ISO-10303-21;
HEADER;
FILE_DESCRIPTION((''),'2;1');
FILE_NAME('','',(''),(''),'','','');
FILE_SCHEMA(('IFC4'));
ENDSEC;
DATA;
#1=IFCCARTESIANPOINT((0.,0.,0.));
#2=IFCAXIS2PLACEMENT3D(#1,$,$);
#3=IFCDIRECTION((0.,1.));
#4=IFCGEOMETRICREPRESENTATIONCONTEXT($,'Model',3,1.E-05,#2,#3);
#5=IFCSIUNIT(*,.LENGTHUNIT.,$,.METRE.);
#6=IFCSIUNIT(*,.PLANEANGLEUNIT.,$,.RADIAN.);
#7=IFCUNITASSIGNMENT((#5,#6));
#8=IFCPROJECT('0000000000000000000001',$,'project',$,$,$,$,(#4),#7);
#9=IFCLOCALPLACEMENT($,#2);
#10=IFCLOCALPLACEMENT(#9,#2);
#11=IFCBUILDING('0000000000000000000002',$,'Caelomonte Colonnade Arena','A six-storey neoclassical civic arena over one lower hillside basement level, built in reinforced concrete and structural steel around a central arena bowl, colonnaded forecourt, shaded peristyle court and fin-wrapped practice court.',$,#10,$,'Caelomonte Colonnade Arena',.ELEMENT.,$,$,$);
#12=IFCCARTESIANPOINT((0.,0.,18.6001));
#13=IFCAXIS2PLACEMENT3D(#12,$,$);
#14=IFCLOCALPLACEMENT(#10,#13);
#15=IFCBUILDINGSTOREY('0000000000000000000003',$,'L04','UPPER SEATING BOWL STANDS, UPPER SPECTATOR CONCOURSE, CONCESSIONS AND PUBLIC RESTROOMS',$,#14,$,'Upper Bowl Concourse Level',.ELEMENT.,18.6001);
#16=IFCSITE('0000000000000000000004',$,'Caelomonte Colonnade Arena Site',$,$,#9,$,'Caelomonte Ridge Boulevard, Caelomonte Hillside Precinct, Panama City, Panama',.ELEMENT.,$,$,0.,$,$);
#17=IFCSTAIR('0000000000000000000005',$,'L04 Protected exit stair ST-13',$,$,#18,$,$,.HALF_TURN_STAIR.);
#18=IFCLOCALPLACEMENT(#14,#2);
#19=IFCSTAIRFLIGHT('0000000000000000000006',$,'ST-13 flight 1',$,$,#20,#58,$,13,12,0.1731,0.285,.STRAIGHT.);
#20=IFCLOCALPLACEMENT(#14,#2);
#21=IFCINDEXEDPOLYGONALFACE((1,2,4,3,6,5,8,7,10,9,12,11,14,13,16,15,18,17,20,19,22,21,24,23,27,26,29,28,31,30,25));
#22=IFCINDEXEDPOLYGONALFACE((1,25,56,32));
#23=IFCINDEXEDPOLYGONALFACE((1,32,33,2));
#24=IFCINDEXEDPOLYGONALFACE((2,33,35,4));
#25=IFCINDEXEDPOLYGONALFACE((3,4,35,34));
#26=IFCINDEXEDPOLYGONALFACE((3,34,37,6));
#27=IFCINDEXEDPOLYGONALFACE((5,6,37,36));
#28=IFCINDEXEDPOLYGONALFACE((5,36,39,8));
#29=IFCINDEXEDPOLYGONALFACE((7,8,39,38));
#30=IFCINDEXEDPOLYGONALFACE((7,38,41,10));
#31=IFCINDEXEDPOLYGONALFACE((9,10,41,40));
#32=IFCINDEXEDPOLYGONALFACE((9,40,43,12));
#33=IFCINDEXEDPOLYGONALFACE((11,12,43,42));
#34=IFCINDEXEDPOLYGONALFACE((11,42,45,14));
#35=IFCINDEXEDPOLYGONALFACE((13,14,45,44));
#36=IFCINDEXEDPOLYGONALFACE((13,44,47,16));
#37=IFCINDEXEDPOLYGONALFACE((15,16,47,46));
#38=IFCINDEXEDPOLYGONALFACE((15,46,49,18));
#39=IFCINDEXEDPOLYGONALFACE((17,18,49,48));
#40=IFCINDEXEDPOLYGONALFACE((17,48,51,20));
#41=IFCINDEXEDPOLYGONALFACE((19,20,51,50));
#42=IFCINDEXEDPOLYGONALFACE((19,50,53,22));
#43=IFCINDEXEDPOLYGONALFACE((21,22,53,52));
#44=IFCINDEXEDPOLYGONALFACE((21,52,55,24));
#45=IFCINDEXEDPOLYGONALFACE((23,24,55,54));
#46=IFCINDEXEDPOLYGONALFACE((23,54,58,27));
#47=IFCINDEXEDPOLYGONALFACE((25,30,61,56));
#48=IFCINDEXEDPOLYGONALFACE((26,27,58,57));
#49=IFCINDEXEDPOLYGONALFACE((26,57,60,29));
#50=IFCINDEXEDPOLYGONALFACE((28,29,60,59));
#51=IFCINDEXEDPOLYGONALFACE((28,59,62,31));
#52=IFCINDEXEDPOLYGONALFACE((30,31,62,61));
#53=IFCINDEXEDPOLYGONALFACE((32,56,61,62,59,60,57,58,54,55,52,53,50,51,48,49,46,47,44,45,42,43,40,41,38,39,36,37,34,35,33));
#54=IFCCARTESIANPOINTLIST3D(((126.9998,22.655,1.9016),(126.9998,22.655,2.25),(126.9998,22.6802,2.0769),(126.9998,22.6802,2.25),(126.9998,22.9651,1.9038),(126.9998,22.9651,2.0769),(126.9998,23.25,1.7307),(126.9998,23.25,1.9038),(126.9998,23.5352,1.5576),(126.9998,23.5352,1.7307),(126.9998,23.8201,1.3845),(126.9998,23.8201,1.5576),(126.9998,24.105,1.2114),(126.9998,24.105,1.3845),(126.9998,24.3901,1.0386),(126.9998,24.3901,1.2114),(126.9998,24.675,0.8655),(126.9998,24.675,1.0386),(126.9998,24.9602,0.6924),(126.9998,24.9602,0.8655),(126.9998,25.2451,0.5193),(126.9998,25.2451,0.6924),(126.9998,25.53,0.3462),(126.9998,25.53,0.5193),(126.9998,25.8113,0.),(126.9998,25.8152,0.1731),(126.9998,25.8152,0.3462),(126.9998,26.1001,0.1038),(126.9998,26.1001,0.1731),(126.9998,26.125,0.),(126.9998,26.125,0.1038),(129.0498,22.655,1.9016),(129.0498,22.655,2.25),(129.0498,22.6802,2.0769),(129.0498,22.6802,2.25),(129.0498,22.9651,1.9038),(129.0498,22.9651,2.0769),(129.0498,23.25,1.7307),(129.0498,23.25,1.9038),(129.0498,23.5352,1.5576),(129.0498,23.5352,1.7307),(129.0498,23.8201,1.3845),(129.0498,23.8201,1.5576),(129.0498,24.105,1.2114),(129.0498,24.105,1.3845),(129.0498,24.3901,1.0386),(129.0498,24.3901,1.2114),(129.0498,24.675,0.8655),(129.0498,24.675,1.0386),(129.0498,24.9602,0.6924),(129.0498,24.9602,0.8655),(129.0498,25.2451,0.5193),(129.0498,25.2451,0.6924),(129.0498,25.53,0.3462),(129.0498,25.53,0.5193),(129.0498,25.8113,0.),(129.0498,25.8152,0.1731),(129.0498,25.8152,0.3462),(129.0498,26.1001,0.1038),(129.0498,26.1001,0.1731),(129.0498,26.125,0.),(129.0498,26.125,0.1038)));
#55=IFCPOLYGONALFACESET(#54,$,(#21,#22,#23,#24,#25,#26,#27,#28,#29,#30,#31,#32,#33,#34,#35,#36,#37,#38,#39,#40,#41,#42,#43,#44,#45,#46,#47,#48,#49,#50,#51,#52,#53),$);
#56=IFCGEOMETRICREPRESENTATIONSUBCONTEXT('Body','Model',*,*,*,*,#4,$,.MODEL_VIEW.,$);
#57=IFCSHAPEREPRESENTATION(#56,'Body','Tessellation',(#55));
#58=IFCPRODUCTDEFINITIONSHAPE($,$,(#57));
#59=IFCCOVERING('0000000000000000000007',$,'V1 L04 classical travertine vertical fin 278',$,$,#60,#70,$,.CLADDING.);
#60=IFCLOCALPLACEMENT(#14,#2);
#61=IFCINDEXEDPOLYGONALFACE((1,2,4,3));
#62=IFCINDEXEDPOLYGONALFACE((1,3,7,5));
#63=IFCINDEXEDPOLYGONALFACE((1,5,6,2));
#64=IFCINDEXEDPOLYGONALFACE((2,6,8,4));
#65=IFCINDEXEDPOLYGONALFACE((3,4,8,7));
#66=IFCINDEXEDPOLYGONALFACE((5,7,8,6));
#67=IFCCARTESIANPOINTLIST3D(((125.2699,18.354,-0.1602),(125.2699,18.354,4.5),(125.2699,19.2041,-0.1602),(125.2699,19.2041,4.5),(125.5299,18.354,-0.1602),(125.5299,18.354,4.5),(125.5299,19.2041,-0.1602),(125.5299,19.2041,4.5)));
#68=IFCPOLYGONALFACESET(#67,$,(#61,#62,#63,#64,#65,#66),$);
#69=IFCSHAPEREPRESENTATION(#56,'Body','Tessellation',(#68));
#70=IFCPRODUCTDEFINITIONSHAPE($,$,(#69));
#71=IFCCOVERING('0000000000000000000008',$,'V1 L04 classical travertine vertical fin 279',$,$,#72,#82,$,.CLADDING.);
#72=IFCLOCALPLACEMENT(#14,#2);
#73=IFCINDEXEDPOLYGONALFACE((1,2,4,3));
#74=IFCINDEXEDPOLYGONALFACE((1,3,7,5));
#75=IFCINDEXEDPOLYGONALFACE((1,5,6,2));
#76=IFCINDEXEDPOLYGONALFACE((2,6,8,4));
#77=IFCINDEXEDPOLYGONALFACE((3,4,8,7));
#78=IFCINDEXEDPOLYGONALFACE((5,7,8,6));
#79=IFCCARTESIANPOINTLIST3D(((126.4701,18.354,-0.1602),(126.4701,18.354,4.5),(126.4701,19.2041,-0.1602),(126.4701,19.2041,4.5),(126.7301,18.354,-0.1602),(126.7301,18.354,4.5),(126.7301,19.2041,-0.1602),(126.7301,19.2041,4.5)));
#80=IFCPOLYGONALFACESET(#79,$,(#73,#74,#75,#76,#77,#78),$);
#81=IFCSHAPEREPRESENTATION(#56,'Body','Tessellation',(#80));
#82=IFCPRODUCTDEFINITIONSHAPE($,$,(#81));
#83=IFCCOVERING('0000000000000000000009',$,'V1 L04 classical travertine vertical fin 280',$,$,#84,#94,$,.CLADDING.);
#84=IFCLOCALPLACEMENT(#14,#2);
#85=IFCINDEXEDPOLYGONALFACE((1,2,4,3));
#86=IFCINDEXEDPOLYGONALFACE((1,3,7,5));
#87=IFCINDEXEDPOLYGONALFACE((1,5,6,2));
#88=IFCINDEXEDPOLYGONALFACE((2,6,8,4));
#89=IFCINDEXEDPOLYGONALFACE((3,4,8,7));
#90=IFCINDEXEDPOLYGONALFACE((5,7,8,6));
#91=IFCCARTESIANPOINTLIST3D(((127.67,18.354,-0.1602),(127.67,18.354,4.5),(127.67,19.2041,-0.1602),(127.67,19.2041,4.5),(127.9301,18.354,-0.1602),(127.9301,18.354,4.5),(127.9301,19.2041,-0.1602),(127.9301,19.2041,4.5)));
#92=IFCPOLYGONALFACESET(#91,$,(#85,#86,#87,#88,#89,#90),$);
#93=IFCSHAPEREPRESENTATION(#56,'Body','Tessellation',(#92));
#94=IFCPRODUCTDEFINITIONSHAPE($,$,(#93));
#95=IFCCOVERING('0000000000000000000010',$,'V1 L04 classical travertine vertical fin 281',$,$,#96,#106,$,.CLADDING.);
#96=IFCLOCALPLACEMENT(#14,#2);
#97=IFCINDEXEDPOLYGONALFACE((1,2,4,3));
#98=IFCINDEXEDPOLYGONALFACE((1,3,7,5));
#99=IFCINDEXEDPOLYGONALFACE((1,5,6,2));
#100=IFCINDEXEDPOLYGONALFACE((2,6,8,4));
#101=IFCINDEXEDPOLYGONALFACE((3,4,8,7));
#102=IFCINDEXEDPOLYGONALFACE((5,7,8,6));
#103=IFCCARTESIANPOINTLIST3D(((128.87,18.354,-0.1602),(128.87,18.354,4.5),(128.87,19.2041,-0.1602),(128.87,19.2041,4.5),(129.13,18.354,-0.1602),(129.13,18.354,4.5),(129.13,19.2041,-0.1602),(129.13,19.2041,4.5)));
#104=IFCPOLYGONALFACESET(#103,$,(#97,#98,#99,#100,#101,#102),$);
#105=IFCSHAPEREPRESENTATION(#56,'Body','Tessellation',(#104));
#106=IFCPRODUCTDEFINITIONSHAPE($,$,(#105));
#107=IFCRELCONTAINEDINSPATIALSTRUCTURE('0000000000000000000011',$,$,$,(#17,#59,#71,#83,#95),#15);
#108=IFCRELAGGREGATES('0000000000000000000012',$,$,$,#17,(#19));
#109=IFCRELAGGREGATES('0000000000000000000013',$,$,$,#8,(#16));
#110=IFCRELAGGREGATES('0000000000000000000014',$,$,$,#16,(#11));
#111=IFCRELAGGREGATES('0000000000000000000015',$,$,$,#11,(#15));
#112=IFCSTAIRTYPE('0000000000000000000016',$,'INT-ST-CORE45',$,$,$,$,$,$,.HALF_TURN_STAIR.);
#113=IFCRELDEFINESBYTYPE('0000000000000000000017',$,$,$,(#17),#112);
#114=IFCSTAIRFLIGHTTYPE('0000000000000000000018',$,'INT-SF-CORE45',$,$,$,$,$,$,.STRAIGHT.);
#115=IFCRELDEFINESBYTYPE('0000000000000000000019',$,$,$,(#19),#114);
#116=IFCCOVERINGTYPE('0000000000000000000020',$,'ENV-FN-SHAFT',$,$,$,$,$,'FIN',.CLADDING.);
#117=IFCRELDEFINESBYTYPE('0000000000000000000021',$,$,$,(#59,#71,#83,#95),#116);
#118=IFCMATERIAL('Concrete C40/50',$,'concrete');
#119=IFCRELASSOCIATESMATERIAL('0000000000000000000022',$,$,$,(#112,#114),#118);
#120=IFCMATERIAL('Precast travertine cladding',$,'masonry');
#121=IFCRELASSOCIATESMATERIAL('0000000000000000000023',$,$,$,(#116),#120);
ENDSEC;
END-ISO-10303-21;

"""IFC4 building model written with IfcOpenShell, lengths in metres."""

from ifc_helpers import new_model, si_unit, direction, frame, origin, origin_2d, place, context, subcontext, project, spatial, polyline, rectangle, outline, extrude, material, material_profile, profile_set, type_object, element, aggregate, save


model = new_model("IFC4")

# Units and contexts
model_context = context("Model", 3, precision=1e-05, world=origin(), true_north=direction((0.0, 1.0)))
body_context = subcontext(model_context, "Body", "Model", "MODEL_VIEW")
ifc_project = project(units=[si_unit("LENGTHUNIT", "METRE"), si_unit("PLANEANGLEUNIT", "RADIAN")], contexts=[model_context])

# Site, building, storey
site_placement = place(None, origin())
site = spatial("IfcSite", under=ifc_project, at=site_placement, Name="Caelomonte Colonnade Arena Site", LongName="Caelomonte Ridge Boulevard, Caelomonte Hillside Precinct, Panama City, Panama", CompositionType="ELEMENT", RefElevation=0.0)
building_placement = place(site_placement, origin())
building = spatial("IfcBuilding", under=site, at=building_placement, Name="Caelomonte Colonnade Arena", Description="A six-storey neoclassical civic arena over one lower hillside basement level, built in reinforced concrete and structural steel around a central arena bowl, colonnaded forecourt, shaded peristyle court and fin-wrapped practice court.", LongName="Caelomonte Colonnade Arena", CompositionType="ELEMENT")
storey_placement = place(building_placement, frame((0.0, 0.0, 18.6001)))
storey = spatial("IfcBuildingStorey", under=building, at=storey_placement, Name="L04", Description="UPPER SEATING BOWL STANDS, UPPER SPECTATOR CONCOURSE, CONCESSIONS AND PUBLIC RESTROOMS", LongName="Upper Bowl Concourse Level", CompositionType="ELEMENT", Elevation=18.6001)

# Shared definitions
ifc_material_1 = material(Name="Concrete C40/50", Category="concrete")

# Stair, stair flight
stair_type = type_object("IfcStairType", Name="INT-ST-CORE45", PredefinedType="HALF_TURN_STAIR", material=ifc_material_1)
stair_placement = place(storey_placement, origin())
stair = element("IfcStair", 1, at=stair_placement, inside=storey, type_object=stair_type, Name="L04 Protected exit stair ST-13", PredefinedType="HALF_TURN_STAIR")
stair_flight_type = type_object("IfcStairFlightType", Name="INT-SF-CORE45", PredefinedType="STRAIGHT", material=ifc_material_1)
stair_flight_placement = place(storey_placement, frame((128.0249, 26.1001, 0.0), z_axis=(0.0, 0.0, 1.0), x_axis=(0.0, -1.0, 0.0)))
stair_flight = element("IfcStairFlight", 2, at=stair_flight_placement, type_object=stair_flight_type, Name="ST-13 flight 1", NumberOfRisers=13, NumberOfTreads=12, PredefinedType="STRAIGHT", RiserHeight=0.1731, TreadLength=0.285, context=body_context, shape_type="SweptSolid", body=[
    extrude(outline(polyline([(-0.0249, 0.0), (-0.0249, 0.1038), (0.0, 0.1038), (0.0, 0.1731), (0.2849, 0.1731), (0.2849, 0.3462), (0.5701, 0.3462), (0.5701, 0.5193), (0.855, 0.5193), (0.855, 0.6924), (1.1399, 0.6924), (1.1399, 0.8655), (1.425, 0.8655), (1.425, 1.0386), (1.71, 1.0386), (1.71, 1.2114), (1.9951, 1.2114), (1.9951, 1.3845), (2.28, 1.3845), (2.28, 1.5576), (2.5649, 1.5576), (2.5649, 1.7307), (2.8501, 1.7307), (2.8501, 1.9038), (3.135, 1.9038), (3.135, 2.0769), (3.4199, 2.0769), (3.4199, 2.25), (3.4451, 2.25), (3.4451, 1.9016), (0.2888, 0.0), (-0.0249, 0.0)])), frame((0.0, 1.0249, 0.0), z_axis=(0.0, -1.0, 0.0), x_axis=(1.0, 0.0, 0.0)), (0.0, 0.0, 1.0), 2.05),
])
aggregate(stair, [stair_flight])

# Coverings
ifc_material_2 = material(Name="Precast travertine cladding", Category="masonry")
ifc_material_profile_1 = material_profile(ifc_material_2, rectangle(XDim=0.26, YDim=0.8501, at=origin_2d()), Name="FIN260X850")
ifc_profile_set_1 = profile_set([ifc_material_profile_1], Name="Precast travertine cladding")
covering_type = type_object("IfcCoveringType", Name="ENV-FN-SHAFT", ElementType="FIN", PredefinedType="CLADDING", material=ifc_profile_set_1)
for number, where, z_axis, x_axis, name in (
    (3, (125.3999, 18.7791, -0.1602), (0.0, 0.0, 1.0), (-1.0, 0.0, 0.0), "V1 L04 classical travertine vertical fin 278"),
    (4, (126.6001, 18.7791, -0.1602), (0.0, 0.0, 1.0), (-1.0, 0.0, 0.0), "V1 L04 classical travertine vertical fin 279"),
    (5, (127.8, 18.7791, -0.1602), (0.0, 0.0, 1.0), (-1.0, 0.0, 0.0), "V1 L04 classical travertine vertical fin 280"),
    (6, (129.0, 18.7791, -0.1602), (0.0, 0.0, 1.0), (-1.0, 0.0, 0.0), "V1 L04 classical travertine vertical fin 281"),
):
    element("IfcCovering", number, at=place(storey_placement, frame(where, z_axis=z_axis, x_axis=x_axis)), inside=storey, type_object=covering_type, Name=name, PredefinedType="CLADDING", context=body_context, shape_type="SweptSolid", body=[
        extrude(rectangle(XDim=0.26, YDim=0.8501, at=origin_2d()), origin(), (0.0, 0.0, 1.0), 4.6602),
    ])

save(model, "model.ifc")
